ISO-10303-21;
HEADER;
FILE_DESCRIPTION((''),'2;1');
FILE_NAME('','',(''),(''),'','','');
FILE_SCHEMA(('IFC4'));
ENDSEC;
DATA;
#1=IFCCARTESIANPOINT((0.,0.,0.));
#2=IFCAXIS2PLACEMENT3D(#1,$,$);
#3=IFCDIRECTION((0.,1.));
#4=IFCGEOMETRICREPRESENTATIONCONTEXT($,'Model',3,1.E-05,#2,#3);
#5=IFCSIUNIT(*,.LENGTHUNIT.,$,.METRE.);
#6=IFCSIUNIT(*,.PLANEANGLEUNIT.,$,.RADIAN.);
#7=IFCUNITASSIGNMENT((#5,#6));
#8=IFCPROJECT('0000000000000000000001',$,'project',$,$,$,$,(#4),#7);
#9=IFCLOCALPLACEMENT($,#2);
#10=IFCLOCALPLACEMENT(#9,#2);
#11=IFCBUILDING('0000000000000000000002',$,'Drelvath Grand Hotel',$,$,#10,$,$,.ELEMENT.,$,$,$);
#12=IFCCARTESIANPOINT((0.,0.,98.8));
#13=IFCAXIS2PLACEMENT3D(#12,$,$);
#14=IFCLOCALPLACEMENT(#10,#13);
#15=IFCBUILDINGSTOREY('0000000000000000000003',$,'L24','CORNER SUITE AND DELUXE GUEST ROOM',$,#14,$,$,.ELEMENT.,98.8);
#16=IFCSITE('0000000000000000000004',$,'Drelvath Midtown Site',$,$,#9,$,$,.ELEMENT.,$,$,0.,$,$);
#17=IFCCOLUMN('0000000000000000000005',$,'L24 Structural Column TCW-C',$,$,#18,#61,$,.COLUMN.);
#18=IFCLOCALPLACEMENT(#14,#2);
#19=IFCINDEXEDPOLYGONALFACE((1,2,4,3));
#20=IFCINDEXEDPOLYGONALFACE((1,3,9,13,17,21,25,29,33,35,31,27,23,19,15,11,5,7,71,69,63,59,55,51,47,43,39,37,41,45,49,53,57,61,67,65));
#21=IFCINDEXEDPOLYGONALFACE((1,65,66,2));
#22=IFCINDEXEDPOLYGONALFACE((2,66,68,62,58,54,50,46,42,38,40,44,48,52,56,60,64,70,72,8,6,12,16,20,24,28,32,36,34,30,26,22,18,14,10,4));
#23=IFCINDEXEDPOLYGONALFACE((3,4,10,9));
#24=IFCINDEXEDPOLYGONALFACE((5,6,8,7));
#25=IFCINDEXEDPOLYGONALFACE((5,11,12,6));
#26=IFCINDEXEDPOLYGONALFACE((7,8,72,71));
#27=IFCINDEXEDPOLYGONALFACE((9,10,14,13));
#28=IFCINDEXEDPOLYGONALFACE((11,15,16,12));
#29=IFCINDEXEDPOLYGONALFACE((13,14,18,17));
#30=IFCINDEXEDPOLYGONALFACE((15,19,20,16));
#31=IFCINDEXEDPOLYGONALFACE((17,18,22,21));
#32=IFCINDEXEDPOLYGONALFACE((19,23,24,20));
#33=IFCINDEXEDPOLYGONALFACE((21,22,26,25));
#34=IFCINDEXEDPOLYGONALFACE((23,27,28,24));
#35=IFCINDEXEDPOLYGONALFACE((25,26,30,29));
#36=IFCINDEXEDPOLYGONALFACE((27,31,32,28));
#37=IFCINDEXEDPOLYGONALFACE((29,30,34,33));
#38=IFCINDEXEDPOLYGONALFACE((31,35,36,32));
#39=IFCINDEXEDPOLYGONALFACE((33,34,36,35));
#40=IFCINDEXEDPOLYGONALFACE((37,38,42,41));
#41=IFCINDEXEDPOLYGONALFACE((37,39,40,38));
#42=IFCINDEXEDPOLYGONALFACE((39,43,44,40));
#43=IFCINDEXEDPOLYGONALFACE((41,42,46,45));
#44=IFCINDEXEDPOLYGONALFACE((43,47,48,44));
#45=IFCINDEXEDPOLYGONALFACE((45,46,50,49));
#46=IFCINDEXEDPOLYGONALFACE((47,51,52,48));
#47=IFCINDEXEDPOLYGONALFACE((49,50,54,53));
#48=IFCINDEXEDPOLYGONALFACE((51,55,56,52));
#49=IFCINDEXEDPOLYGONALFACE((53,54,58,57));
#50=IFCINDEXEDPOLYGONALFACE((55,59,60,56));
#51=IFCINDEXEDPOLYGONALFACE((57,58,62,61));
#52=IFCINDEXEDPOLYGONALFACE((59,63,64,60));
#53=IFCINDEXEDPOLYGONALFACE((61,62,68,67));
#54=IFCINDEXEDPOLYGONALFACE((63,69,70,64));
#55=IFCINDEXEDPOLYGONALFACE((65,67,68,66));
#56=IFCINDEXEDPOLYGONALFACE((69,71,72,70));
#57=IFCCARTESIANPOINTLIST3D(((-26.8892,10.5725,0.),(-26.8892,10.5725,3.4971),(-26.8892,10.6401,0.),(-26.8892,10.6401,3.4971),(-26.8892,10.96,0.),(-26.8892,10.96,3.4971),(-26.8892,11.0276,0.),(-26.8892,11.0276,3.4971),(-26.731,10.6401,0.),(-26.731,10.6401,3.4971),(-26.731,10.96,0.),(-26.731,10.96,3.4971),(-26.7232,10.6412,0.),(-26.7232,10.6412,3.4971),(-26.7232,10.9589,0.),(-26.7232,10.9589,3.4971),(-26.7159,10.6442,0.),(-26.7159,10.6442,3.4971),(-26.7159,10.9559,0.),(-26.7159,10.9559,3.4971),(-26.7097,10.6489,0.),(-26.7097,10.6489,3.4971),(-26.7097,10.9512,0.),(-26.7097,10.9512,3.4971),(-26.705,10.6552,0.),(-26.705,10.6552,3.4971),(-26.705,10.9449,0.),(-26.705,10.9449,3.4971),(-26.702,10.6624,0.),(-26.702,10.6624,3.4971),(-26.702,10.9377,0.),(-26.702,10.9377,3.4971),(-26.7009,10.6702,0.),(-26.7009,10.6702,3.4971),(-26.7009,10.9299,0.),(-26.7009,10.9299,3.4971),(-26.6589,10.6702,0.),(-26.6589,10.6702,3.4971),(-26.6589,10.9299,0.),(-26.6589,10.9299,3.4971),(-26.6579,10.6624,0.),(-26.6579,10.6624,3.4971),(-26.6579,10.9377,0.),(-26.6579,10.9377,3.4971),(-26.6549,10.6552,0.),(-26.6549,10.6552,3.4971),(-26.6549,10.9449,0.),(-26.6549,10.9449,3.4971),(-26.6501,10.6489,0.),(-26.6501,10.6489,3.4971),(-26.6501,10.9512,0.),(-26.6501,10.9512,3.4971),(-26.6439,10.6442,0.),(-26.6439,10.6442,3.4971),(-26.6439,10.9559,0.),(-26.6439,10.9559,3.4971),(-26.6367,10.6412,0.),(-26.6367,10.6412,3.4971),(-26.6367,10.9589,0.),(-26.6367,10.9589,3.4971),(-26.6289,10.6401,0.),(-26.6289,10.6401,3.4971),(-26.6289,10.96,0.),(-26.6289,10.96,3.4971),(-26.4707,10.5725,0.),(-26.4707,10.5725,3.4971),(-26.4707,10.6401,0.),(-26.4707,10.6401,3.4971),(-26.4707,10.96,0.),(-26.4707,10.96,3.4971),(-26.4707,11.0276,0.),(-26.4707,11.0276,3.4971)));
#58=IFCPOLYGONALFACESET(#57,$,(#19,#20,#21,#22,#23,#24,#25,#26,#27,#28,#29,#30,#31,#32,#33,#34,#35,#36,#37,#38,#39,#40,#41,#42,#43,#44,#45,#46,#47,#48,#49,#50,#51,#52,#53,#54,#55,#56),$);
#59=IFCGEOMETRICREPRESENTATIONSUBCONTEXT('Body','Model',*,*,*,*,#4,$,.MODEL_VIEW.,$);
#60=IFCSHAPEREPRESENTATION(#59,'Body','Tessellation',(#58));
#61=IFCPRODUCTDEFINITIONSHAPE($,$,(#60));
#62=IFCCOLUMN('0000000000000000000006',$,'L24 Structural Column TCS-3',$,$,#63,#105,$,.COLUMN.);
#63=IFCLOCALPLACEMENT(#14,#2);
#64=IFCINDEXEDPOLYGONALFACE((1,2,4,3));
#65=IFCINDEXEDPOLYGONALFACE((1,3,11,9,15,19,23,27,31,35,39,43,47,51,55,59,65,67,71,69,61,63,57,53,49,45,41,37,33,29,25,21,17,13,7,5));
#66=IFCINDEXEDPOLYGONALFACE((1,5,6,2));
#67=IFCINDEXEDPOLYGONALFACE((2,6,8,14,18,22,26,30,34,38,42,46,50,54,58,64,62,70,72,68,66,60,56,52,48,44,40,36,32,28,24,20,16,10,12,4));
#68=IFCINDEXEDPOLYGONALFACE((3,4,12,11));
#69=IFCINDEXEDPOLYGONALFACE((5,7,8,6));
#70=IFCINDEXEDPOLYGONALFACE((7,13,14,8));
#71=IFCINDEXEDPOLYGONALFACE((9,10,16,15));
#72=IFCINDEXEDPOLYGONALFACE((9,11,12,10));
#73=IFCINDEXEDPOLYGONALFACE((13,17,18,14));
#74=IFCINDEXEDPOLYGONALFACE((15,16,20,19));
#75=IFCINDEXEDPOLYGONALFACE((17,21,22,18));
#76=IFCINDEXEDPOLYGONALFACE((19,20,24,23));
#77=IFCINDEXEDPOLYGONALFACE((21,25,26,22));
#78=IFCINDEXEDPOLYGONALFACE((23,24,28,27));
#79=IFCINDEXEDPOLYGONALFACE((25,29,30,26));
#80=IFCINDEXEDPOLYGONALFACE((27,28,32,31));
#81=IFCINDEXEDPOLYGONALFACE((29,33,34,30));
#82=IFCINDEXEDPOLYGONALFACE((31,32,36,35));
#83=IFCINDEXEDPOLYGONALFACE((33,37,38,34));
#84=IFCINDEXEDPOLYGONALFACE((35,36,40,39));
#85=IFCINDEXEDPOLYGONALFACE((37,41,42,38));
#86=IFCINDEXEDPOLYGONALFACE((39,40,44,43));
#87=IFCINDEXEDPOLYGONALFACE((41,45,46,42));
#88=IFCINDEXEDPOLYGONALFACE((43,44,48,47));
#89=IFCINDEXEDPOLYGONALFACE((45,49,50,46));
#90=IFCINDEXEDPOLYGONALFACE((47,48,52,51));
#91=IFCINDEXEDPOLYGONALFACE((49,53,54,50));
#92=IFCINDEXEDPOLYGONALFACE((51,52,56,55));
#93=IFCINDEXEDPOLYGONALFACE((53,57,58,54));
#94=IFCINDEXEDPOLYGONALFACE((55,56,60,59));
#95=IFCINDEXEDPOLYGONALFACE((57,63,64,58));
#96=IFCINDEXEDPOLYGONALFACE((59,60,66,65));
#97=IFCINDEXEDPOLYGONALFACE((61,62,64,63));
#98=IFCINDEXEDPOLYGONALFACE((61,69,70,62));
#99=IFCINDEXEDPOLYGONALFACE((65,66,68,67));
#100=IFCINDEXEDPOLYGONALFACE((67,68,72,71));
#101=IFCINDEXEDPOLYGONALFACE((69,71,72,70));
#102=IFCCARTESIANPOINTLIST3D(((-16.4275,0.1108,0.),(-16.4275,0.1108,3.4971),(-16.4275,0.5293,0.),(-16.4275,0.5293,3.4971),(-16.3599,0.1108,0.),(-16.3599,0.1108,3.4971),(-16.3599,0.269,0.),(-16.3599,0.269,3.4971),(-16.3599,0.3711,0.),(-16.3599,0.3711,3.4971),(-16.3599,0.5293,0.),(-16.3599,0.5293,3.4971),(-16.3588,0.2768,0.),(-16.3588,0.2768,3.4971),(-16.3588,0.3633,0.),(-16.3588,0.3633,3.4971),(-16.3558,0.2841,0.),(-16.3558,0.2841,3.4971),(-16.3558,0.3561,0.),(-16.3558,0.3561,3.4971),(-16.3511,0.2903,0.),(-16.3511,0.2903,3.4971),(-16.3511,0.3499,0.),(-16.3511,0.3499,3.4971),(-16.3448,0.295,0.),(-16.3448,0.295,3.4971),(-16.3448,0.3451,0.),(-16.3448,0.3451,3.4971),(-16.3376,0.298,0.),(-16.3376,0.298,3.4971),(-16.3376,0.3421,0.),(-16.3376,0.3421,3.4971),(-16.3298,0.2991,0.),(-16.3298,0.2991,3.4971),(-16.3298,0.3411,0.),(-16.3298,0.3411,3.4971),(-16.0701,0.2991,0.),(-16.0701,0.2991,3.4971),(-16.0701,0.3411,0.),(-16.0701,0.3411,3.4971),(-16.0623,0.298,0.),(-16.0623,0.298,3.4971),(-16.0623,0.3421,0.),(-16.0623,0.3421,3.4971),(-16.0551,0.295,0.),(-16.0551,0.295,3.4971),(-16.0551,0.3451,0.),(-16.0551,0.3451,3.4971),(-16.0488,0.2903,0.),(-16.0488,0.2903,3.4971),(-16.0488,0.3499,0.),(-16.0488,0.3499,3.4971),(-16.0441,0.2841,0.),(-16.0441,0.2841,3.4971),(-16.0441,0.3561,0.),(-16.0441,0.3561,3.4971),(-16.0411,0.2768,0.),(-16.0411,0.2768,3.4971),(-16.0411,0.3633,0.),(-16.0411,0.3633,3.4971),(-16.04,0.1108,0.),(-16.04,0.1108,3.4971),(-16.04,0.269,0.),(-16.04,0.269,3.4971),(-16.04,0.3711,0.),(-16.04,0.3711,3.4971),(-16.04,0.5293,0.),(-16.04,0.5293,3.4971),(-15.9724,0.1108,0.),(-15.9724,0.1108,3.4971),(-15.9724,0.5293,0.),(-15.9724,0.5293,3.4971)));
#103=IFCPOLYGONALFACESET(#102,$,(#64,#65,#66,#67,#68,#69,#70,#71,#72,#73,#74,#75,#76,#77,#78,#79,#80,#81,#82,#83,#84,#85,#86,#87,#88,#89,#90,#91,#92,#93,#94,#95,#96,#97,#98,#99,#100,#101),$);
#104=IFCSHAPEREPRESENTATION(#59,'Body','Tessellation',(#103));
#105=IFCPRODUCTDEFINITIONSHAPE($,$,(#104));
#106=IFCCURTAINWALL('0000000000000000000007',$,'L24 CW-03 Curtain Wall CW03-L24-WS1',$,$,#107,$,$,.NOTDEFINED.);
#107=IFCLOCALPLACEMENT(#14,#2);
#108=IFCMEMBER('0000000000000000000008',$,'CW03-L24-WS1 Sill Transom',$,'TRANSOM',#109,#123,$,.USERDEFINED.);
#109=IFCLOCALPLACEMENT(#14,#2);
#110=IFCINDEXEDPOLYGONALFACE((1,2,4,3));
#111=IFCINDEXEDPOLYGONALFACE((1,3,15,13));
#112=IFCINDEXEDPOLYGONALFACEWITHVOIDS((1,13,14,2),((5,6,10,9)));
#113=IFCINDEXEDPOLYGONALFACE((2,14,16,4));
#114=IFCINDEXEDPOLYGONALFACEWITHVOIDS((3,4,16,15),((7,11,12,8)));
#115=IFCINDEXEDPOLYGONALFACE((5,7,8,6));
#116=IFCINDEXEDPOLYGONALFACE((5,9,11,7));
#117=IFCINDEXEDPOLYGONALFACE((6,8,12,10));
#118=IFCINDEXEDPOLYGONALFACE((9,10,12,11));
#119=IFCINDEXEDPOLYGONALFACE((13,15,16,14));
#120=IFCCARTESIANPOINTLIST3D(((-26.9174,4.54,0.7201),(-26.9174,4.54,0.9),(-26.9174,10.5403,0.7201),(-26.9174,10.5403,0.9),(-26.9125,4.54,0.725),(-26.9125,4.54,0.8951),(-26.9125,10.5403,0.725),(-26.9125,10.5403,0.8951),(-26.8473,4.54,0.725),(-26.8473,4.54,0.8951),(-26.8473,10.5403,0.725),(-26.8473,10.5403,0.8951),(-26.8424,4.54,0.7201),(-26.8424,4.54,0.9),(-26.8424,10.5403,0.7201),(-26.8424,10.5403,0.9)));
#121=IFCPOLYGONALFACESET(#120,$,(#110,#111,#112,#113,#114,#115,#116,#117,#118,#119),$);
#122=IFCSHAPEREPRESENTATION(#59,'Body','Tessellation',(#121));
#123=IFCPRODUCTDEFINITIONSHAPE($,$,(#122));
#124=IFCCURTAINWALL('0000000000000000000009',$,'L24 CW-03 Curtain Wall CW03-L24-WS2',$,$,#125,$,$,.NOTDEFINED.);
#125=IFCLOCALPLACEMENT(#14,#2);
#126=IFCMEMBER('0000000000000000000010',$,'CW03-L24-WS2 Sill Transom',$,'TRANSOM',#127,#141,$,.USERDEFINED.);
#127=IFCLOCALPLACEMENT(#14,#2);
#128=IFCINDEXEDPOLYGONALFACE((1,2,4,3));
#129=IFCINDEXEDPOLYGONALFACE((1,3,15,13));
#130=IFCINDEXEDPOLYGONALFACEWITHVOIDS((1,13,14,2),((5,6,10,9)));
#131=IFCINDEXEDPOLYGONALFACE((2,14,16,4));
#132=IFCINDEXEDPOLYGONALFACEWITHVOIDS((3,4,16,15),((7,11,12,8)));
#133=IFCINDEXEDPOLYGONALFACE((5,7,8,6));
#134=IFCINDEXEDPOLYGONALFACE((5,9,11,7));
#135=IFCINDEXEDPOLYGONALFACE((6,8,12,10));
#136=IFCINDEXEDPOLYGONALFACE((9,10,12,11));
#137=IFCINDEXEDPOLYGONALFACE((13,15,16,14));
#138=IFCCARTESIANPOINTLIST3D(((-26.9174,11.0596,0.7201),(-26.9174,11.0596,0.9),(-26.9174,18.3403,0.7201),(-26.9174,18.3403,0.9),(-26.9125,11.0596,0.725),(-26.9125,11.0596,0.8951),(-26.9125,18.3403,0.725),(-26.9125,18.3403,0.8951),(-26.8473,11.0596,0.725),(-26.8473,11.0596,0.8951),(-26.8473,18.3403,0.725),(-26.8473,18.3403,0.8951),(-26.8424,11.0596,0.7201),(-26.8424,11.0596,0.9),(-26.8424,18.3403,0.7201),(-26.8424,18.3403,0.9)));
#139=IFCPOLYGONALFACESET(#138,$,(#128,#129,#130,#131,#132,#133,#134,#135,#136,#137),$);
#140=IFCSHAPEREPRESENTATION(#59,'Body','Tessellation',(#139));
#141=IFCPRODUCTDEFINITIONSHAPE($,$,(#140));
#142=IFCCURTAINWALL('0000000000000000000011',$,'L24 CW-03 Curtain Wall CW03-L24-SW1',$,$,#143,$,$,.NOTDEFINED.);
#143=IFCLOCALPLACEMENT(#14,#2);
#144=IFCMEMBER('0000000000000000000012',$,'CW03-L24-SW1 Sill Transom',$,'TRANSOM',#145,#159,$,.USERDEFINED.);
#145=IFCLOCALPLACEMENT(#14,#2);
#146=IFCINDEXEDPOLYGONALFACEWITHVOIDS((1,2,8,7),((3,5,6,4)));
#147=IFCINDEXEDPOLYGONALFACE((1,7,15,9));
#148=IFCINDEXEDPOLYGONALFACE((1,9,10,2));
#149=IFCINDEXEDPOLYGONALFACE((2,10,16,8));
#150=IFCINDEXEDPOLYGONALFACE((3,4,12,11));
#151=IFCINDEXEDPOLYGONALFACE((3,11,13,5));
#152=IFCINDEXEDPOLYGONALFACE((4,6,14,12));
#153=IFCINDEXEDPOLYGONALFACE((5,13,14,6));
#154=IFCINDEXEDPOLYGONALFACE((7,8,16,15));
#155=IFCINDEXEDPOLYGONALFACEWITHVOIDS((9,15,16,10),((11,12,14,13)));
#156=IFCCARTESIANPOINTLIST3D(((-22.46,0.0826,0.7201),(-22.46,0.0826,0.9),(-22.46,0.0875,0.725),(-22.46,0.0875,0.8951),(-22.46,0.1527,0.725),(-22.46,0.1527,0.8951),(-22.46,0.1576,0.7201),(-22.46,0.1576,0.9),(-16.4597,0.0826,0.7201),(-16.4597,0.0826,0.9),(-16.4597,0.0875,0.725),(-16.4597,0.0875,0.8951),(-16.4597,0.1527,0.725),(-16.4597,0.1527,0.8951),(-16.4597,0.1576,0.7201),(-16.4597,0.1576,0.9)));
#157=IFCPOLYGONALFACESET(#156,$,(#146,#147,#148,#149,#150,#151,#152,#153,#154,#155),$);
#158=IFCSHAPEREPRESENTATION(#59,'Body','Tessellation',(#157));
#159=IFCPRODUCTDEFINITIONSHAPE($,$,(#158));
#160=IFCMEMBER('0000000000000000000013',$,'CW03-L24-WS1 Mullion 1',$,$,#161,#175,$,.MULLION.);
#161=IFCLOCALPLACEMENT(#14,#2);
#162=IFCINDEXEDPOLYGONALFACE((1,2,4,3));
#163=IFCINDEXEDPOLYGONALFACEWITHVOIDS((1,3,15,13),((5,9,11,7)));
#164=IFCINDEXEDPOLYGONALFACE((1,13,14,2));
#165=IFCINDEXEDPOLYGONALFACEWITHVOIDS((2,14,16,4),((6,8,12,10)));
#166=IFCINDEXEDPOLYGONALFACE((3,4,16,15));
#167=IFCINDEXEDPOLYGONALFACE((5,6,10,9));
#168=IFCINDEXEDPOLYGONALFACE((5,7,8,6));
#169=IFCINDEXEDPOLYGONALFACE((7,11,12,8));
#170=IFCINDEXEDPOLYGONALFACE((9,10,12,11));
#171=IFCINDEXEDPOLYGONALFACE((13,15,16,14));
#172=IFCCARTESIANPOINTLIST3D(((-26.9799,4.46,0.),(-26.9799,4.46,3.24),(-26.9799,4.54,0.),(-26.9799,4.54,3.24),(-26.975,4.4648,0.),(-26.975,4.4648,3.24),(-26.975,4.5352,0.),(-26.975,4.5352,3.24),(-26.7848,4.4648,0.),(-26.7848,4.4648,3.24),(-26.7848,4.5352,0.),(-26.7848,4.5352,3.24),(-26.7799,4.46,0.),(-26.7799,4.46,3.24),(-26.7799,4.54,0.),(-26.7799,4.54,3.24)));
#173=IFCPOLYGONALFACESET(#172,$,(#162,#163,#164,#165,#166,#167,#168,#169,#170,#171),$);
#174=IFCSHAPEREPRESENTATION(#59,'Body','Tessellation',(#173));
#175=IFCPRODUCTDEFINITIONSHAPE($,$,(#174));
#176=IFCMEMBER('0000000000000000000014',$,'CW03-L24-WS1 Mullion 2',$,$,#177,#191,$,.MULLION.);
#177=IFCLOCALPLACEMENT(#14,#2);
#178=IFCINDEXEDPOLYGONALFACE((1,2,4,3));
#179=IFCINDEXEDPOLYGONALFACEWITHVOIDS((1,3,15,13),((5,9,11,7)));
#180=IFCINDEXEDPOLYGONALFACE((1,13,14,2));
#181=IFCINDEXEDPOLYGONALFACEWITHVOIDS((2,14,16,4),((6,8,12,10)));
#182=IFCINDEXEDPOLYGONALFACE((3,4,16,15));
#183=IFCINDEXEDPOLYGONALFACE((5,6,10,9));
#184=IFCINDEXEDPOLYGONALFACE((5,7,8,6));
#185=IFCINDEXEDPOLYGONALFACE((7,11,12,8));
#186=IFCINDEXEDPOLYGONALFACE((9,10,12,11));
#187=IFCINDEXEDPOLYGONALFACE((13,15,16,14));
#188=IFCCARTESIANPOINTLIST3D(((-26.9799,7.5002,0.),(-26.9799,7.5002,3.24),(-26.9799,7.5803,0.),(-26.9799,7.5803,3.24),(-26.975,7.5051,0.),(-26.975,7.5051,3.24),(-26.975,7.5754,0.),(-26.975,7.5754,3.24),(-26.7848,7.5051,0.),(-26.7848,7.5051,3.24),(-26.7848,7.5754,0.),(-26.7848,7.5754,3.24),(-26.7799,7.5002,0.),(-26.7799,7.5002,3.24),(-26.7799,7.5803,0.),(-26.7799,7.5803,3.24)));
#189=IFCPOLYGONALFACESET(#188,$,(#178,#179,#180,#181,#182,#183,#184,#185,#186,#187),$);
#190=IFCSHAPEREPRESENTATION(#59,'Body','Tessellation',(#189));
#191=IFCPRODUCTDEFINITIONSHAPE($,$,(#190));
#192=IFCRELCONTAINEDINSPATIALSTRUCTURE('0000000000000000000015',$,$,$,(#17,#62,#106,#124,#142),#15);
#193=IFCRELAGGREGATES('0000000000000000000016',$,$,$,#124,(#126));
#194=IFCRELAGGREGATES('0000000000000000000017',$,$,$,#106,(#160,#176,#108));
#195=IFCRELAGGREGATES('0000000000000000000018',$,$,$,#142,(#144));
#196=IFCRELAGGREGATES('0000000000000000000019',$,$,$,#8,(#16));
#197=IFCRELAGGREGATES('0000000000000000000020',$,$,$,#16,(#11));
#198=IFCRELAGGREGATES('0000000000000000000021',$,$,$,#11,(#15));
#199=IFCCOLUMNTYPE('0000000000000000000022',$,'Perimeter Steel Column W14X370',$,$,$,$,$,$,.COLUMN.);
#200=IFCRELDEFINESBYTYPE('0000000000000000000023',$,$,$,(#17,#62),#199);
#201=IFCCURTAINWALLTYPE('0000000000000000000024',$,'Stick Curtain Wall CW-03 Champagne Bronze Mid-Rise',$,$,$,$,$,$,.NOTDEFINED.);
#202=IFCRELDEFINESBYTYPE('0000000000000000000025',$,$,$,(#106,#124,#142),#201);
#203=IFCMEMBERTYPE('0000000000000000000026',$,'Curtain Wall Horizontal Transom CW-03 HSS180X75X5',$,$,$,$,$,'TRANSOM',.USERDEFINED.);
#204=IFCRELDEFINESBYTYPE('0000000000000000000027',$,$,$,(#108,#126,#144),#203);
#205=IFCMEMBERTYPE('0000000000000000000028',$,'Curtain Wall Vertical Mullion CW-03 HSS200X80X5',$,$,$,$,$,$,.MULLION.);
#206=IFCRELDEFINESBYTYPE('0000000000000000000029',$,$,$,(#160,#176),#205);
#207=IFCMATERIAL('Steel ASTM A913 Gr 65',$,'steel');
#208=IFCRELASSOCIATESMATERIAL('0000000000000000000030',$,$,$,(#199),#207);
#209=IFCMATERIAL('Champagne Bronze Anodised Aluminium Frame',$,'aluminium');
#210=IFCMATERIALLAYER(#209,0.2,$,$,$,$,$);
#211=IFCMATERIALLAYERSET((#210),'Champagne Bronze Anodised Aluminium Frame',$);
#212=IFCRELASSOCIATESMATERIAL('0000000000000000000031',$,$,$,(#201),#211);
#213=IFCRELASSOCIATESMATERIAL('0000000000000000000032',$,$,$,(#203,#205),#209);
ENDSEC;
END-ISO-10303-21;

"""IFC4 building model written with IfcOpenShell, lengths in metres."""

from ifc_helpers import new_model, si_unit, direction, frame, origin, origin_2d, place, context, subcontext, project, spatial, hollow_rectangle, i_section, extrude, material, layer, layer_set, material_profile, profile_set, type_object, element, aggregate, save


model = new_model("IFC4")

# Units and contexts
model_context = context("Model", 3, precision=1e-05, world=origin(), true_north=direction((0.0, 1.0)))
body_context = subcontext(model_context, "Body", "Model", "MODEL_VIEW")
ifc_project = project(units=[si_unit("LENGTHUNIT", "METRE"), si_unit("PLANEANGLEUNIT", "RADIAN")], contexts=[model_context])

# Site, building, storey
site_placement = place(None, origin())
site = spatial("IfcSite", under=ifc_project, at=site_placement, Name="Drelvath Midtown Site", CompositionType="ELEMENT", RefElevation=0.0)
building_placement = place(site_placement, origin())
building = spatial("IfcBuilding", under=site, at=building_placement, Name="Drelvath Grand Hotel", CompositionType="ELEMENT")
storey_placement = place(building_placement, frame((0.0, 0.0, 98.8)))
storey = spatial("IfcBuildingStorey", under=building, at=storey_placement, Name="L24", Description="CORNER SUITE AND DELUXE GUEST ROOM", CompositionType="ELEMENT", Elevation=98.8)

# Columns
ifc_material_1 = material(Name="Steel ASTM A913 Gr 65", Category="steel")
ifc_material_profile_1 = material_profile(ifc_material_1, i_section(OverallWidth=0.4185, OverallDepth=0.4551, WebThickness=0.042, FlangeThickness=0.0676, FilletRadius=0.03, at=origin_2d()), Name="W14X370")
ifc_profile_set_1 = profile_set([ifc_material_profile_1], Name="Steel ASTM A913 Gr 65")
column_type = type_object("IfcColumnType", Name="Perimeter Steel Column W14X370", PredefinedType="COLUMN", material=ifc_profile_set_1)
for number, where, z_axis, x_axis, name in (
    (1, (-26.6799, 10.8, 0.0), (0.0, 0.0, 1.0), (1.0, 0.0, 0.0), "L24 Structural Column TCW-C"),
    (2, (-16.2, 0.3201, 0.0), (0.0, 0.0, 1.0), (0.0, 1.0, 0.0), "L24 Structural Column TCS-3"),
):
    element("IfcColumn", number, at=place(storey_placement, frame(where, z_axis=z_axis, x_axis=x_axis)), inside=storey, type_object=column_type, Name=name, PredefinedType="COLUMN", context=body_context, shape_type="SweptSolid", body=[
        extrude(i_section(OverallWidth=0.4185, OverallDepth=0.4551, WebThickness=0.042, FlangeThickness=0.0676, FilletRadius=0.03, at=origin_2d()), origin(), (0.0, 0.0, 1.0), 3.4971),
    ])

# Curtain walls, members
ifc_material_2 = material(Name="Champagne Bronze Anodised Aluminium Frame", Category="aluminium")
ifc_layer_1 = layer(ifc_material_2, 0.2)
ifc_layer_set_1 = layer_set([ifc_layer_1], Name="Champagne Bronze Anodised Aluminium Frame")
curtain_wall_type = type_object("IfcCurtainWallType", Name="Stick Curtain Wall CW-03 Champagne Bronze Mid-Rise", PredefinedType="NOTDEFINED", material=ifc_layer_set_1)
curtain_wall_1_placement = place(storey_placement, origin())
curtain_wall_1 = element("IfcCurtainWall", 3, at=curtain_wall_1_placement, inside=storey, type_object=curtain_wall_type, Name="L24 CW-03 Curtain Wall CW03-L24-WS1", PredefinedType="NOTDEFINED")
ifc_material_profile_2 = material_profile(ifc_material_2, hollow_rectangle(XDim=0.075, YDim=0.1799, WallThickness=0.0049, at=origin_2d()), Name="HSS180X75X5")
ifc_profile_set_2 = profile_set([ifc_material_profile_2], Name="Champagne Bronze Anodised Aluminium Frame")
member_type_1 = type_object("IfcMemberType", Name="Curtain Wall Horizontal Transom CW-03 HSS180X75X5", ElementType="TRANSOM", PredefinedType="USERDEFINED", material=ifc_profile_set_2)
member_1_placement = place(storey_placement, frame((-26.8799, 4.54, 0.8101), z_axis=(0.0, 1.0, 0.0), x_axis=(-1.0, 0.0, 0.0)))
member_1 = element("IfcMember", 4, at=member_1_placement, type_object=member_type_1, Name="CW03-L24-WS1 Sill Transom", ObjectType="TRANSOM", PredefinedType="USERDEFINED", context=body_context, shape_type="SweptSolid", body=[
    extrude(hollow_rectangle(XDim=0.075, YDim=0.1799, WallThickness=0.0049, at=origin_2d()), origin(), (0.0, 0.0, 1.0), 6.0002),
])
curtain_wall_2_placement = place(storey_placement, origin())
curtain_wall_2 = element("IfcCurtainWall", 5, at=curtain_wall_2_placement, inside=storey, type_object=curtain_wall_type, Name="L24 CW-03 Curtain Wall CW03-L24-WS2", PredefinedType="NOTDEFINED")
member_2_placement = place(storey_placement, frame((-26.8799, 11.0596, 0.8101), z_axis=(0.0, 1.0, 0.0), x_axis=(-1.0, 0.0, 0.0)))
member_2 = element("IfcMember", 6, at=member_2_placement, type_object=member_type_1, Name="CW03-L24-WS2 Sill Transom", ObjectType="TRANSOM", PredefinedType="USERDEFINED", context=body_context, shape_type="SweptSolid", body=[
    extrude(hollow_rectangle(XDim=0.075, YDim=0.1799, WallThickness=0.0049, at=origin_2d()), origin(), (0.0, 0.0, 1.0), 7.2808),
])
curtain_wall_3_placement = place(storey_placement, origin())
curtain_wall_3 = element("IfcCurtainWall", 7, at=curtain_wall_3_placement, inside=storey, type_object=curtain_wall_type, Name="L24 CW-03 Curtain Wall CW03-L24-SW1", PredefinedType="NOTDEFINED")
member_3_placement = place(storey_placement, frame((-16.4597, 0.1201, 0.8101), z_axis=(-1.0, 0.0, 0.0), x_axis=(0.0, -1.0, 0.0)))
member_3 = element("IfcMember", 8, at=member_3_placement, type_object=member_type_1, Name="CW03-L24-SW1 Sill Transom", ObjectType="TRANSOM", PredefinedType="USERDEFINED", context=body_context, shape_type="SweptSolid", body=[
    extrude(hollow_rectangle(XDim=0.075, YDim=0.1799, WallThickness=0.0049, at=origin_2d()), origin(), (0.0, 0.0, 1.0), 6.0002),
])

# Members
ifc_material_profile_3 = material_profile(ifc_material_2, hollow_rectangle(XDim=0.0801, YDim=0.2, WallThickness=0.0049, at=origin_2d()), Name="HSS200X80X5")
ifc_profile_set_3 = profile_set([ifc_material_profile_3], Name="Champagne Bronze Anodised Aluminium Frame")
member_type_2 = type_object("IfcMemberType", Name="Curtain Wall Vertical Mullion CW-03 HSS200X80X5", PredefinedType="MULLION", material=ifc_profile_set_3)
member_4_placement = place(storey_placement, frame((-26.8799, 4.5, 0.0), z_axis=(0.0, 0.0, 1.0), x_axis=(0.0, 1.0, 0.0)))
member_4 = element("IfcMember", 9, at=member_4_placement, type_object=member_type_2, Name="CW03-L24-WS1 Mullion 1", PredefinedType="MULLION", context=body_context, shape_type="SweptSolid", body=[
    extrude(hollow_rectangle(XDim=0.0801, YDim=0.2, WallThickness=0.0049, at=origin_2d()), origin(), (0.0, 0.0, 1.0), 3.24),
])
member_5_placement = place(storey_placement, frame((-26.8799, 7.5403, 0.0), z_axis=(0.0, 0.0, 1.0), x_axis=(0.0, 1.0, 0.0)))
member_5 = element("IfcMember", 10, at=member_5_placement, type_object=member_type_2, Name="CW03-L24-WS1 Mullion 2", PredefinedType="MULLION", context=body_context, shape_type="SweptSolid", body=[
    extrude(hollow_rectangle(XDim=0.0801, YDim=0.2, WallThickness=0.0049, at=origin_2d()), origin(), (0.0, 0.0, 1.0), 3.24),
])
aggregate(curtain_wall_2, [member_2])

aggregate(curtain_wall_1, [member_4, member_5, member_1])
aggregate(curtain_wall_3, [member_3])

save(model, "model.ifc")
